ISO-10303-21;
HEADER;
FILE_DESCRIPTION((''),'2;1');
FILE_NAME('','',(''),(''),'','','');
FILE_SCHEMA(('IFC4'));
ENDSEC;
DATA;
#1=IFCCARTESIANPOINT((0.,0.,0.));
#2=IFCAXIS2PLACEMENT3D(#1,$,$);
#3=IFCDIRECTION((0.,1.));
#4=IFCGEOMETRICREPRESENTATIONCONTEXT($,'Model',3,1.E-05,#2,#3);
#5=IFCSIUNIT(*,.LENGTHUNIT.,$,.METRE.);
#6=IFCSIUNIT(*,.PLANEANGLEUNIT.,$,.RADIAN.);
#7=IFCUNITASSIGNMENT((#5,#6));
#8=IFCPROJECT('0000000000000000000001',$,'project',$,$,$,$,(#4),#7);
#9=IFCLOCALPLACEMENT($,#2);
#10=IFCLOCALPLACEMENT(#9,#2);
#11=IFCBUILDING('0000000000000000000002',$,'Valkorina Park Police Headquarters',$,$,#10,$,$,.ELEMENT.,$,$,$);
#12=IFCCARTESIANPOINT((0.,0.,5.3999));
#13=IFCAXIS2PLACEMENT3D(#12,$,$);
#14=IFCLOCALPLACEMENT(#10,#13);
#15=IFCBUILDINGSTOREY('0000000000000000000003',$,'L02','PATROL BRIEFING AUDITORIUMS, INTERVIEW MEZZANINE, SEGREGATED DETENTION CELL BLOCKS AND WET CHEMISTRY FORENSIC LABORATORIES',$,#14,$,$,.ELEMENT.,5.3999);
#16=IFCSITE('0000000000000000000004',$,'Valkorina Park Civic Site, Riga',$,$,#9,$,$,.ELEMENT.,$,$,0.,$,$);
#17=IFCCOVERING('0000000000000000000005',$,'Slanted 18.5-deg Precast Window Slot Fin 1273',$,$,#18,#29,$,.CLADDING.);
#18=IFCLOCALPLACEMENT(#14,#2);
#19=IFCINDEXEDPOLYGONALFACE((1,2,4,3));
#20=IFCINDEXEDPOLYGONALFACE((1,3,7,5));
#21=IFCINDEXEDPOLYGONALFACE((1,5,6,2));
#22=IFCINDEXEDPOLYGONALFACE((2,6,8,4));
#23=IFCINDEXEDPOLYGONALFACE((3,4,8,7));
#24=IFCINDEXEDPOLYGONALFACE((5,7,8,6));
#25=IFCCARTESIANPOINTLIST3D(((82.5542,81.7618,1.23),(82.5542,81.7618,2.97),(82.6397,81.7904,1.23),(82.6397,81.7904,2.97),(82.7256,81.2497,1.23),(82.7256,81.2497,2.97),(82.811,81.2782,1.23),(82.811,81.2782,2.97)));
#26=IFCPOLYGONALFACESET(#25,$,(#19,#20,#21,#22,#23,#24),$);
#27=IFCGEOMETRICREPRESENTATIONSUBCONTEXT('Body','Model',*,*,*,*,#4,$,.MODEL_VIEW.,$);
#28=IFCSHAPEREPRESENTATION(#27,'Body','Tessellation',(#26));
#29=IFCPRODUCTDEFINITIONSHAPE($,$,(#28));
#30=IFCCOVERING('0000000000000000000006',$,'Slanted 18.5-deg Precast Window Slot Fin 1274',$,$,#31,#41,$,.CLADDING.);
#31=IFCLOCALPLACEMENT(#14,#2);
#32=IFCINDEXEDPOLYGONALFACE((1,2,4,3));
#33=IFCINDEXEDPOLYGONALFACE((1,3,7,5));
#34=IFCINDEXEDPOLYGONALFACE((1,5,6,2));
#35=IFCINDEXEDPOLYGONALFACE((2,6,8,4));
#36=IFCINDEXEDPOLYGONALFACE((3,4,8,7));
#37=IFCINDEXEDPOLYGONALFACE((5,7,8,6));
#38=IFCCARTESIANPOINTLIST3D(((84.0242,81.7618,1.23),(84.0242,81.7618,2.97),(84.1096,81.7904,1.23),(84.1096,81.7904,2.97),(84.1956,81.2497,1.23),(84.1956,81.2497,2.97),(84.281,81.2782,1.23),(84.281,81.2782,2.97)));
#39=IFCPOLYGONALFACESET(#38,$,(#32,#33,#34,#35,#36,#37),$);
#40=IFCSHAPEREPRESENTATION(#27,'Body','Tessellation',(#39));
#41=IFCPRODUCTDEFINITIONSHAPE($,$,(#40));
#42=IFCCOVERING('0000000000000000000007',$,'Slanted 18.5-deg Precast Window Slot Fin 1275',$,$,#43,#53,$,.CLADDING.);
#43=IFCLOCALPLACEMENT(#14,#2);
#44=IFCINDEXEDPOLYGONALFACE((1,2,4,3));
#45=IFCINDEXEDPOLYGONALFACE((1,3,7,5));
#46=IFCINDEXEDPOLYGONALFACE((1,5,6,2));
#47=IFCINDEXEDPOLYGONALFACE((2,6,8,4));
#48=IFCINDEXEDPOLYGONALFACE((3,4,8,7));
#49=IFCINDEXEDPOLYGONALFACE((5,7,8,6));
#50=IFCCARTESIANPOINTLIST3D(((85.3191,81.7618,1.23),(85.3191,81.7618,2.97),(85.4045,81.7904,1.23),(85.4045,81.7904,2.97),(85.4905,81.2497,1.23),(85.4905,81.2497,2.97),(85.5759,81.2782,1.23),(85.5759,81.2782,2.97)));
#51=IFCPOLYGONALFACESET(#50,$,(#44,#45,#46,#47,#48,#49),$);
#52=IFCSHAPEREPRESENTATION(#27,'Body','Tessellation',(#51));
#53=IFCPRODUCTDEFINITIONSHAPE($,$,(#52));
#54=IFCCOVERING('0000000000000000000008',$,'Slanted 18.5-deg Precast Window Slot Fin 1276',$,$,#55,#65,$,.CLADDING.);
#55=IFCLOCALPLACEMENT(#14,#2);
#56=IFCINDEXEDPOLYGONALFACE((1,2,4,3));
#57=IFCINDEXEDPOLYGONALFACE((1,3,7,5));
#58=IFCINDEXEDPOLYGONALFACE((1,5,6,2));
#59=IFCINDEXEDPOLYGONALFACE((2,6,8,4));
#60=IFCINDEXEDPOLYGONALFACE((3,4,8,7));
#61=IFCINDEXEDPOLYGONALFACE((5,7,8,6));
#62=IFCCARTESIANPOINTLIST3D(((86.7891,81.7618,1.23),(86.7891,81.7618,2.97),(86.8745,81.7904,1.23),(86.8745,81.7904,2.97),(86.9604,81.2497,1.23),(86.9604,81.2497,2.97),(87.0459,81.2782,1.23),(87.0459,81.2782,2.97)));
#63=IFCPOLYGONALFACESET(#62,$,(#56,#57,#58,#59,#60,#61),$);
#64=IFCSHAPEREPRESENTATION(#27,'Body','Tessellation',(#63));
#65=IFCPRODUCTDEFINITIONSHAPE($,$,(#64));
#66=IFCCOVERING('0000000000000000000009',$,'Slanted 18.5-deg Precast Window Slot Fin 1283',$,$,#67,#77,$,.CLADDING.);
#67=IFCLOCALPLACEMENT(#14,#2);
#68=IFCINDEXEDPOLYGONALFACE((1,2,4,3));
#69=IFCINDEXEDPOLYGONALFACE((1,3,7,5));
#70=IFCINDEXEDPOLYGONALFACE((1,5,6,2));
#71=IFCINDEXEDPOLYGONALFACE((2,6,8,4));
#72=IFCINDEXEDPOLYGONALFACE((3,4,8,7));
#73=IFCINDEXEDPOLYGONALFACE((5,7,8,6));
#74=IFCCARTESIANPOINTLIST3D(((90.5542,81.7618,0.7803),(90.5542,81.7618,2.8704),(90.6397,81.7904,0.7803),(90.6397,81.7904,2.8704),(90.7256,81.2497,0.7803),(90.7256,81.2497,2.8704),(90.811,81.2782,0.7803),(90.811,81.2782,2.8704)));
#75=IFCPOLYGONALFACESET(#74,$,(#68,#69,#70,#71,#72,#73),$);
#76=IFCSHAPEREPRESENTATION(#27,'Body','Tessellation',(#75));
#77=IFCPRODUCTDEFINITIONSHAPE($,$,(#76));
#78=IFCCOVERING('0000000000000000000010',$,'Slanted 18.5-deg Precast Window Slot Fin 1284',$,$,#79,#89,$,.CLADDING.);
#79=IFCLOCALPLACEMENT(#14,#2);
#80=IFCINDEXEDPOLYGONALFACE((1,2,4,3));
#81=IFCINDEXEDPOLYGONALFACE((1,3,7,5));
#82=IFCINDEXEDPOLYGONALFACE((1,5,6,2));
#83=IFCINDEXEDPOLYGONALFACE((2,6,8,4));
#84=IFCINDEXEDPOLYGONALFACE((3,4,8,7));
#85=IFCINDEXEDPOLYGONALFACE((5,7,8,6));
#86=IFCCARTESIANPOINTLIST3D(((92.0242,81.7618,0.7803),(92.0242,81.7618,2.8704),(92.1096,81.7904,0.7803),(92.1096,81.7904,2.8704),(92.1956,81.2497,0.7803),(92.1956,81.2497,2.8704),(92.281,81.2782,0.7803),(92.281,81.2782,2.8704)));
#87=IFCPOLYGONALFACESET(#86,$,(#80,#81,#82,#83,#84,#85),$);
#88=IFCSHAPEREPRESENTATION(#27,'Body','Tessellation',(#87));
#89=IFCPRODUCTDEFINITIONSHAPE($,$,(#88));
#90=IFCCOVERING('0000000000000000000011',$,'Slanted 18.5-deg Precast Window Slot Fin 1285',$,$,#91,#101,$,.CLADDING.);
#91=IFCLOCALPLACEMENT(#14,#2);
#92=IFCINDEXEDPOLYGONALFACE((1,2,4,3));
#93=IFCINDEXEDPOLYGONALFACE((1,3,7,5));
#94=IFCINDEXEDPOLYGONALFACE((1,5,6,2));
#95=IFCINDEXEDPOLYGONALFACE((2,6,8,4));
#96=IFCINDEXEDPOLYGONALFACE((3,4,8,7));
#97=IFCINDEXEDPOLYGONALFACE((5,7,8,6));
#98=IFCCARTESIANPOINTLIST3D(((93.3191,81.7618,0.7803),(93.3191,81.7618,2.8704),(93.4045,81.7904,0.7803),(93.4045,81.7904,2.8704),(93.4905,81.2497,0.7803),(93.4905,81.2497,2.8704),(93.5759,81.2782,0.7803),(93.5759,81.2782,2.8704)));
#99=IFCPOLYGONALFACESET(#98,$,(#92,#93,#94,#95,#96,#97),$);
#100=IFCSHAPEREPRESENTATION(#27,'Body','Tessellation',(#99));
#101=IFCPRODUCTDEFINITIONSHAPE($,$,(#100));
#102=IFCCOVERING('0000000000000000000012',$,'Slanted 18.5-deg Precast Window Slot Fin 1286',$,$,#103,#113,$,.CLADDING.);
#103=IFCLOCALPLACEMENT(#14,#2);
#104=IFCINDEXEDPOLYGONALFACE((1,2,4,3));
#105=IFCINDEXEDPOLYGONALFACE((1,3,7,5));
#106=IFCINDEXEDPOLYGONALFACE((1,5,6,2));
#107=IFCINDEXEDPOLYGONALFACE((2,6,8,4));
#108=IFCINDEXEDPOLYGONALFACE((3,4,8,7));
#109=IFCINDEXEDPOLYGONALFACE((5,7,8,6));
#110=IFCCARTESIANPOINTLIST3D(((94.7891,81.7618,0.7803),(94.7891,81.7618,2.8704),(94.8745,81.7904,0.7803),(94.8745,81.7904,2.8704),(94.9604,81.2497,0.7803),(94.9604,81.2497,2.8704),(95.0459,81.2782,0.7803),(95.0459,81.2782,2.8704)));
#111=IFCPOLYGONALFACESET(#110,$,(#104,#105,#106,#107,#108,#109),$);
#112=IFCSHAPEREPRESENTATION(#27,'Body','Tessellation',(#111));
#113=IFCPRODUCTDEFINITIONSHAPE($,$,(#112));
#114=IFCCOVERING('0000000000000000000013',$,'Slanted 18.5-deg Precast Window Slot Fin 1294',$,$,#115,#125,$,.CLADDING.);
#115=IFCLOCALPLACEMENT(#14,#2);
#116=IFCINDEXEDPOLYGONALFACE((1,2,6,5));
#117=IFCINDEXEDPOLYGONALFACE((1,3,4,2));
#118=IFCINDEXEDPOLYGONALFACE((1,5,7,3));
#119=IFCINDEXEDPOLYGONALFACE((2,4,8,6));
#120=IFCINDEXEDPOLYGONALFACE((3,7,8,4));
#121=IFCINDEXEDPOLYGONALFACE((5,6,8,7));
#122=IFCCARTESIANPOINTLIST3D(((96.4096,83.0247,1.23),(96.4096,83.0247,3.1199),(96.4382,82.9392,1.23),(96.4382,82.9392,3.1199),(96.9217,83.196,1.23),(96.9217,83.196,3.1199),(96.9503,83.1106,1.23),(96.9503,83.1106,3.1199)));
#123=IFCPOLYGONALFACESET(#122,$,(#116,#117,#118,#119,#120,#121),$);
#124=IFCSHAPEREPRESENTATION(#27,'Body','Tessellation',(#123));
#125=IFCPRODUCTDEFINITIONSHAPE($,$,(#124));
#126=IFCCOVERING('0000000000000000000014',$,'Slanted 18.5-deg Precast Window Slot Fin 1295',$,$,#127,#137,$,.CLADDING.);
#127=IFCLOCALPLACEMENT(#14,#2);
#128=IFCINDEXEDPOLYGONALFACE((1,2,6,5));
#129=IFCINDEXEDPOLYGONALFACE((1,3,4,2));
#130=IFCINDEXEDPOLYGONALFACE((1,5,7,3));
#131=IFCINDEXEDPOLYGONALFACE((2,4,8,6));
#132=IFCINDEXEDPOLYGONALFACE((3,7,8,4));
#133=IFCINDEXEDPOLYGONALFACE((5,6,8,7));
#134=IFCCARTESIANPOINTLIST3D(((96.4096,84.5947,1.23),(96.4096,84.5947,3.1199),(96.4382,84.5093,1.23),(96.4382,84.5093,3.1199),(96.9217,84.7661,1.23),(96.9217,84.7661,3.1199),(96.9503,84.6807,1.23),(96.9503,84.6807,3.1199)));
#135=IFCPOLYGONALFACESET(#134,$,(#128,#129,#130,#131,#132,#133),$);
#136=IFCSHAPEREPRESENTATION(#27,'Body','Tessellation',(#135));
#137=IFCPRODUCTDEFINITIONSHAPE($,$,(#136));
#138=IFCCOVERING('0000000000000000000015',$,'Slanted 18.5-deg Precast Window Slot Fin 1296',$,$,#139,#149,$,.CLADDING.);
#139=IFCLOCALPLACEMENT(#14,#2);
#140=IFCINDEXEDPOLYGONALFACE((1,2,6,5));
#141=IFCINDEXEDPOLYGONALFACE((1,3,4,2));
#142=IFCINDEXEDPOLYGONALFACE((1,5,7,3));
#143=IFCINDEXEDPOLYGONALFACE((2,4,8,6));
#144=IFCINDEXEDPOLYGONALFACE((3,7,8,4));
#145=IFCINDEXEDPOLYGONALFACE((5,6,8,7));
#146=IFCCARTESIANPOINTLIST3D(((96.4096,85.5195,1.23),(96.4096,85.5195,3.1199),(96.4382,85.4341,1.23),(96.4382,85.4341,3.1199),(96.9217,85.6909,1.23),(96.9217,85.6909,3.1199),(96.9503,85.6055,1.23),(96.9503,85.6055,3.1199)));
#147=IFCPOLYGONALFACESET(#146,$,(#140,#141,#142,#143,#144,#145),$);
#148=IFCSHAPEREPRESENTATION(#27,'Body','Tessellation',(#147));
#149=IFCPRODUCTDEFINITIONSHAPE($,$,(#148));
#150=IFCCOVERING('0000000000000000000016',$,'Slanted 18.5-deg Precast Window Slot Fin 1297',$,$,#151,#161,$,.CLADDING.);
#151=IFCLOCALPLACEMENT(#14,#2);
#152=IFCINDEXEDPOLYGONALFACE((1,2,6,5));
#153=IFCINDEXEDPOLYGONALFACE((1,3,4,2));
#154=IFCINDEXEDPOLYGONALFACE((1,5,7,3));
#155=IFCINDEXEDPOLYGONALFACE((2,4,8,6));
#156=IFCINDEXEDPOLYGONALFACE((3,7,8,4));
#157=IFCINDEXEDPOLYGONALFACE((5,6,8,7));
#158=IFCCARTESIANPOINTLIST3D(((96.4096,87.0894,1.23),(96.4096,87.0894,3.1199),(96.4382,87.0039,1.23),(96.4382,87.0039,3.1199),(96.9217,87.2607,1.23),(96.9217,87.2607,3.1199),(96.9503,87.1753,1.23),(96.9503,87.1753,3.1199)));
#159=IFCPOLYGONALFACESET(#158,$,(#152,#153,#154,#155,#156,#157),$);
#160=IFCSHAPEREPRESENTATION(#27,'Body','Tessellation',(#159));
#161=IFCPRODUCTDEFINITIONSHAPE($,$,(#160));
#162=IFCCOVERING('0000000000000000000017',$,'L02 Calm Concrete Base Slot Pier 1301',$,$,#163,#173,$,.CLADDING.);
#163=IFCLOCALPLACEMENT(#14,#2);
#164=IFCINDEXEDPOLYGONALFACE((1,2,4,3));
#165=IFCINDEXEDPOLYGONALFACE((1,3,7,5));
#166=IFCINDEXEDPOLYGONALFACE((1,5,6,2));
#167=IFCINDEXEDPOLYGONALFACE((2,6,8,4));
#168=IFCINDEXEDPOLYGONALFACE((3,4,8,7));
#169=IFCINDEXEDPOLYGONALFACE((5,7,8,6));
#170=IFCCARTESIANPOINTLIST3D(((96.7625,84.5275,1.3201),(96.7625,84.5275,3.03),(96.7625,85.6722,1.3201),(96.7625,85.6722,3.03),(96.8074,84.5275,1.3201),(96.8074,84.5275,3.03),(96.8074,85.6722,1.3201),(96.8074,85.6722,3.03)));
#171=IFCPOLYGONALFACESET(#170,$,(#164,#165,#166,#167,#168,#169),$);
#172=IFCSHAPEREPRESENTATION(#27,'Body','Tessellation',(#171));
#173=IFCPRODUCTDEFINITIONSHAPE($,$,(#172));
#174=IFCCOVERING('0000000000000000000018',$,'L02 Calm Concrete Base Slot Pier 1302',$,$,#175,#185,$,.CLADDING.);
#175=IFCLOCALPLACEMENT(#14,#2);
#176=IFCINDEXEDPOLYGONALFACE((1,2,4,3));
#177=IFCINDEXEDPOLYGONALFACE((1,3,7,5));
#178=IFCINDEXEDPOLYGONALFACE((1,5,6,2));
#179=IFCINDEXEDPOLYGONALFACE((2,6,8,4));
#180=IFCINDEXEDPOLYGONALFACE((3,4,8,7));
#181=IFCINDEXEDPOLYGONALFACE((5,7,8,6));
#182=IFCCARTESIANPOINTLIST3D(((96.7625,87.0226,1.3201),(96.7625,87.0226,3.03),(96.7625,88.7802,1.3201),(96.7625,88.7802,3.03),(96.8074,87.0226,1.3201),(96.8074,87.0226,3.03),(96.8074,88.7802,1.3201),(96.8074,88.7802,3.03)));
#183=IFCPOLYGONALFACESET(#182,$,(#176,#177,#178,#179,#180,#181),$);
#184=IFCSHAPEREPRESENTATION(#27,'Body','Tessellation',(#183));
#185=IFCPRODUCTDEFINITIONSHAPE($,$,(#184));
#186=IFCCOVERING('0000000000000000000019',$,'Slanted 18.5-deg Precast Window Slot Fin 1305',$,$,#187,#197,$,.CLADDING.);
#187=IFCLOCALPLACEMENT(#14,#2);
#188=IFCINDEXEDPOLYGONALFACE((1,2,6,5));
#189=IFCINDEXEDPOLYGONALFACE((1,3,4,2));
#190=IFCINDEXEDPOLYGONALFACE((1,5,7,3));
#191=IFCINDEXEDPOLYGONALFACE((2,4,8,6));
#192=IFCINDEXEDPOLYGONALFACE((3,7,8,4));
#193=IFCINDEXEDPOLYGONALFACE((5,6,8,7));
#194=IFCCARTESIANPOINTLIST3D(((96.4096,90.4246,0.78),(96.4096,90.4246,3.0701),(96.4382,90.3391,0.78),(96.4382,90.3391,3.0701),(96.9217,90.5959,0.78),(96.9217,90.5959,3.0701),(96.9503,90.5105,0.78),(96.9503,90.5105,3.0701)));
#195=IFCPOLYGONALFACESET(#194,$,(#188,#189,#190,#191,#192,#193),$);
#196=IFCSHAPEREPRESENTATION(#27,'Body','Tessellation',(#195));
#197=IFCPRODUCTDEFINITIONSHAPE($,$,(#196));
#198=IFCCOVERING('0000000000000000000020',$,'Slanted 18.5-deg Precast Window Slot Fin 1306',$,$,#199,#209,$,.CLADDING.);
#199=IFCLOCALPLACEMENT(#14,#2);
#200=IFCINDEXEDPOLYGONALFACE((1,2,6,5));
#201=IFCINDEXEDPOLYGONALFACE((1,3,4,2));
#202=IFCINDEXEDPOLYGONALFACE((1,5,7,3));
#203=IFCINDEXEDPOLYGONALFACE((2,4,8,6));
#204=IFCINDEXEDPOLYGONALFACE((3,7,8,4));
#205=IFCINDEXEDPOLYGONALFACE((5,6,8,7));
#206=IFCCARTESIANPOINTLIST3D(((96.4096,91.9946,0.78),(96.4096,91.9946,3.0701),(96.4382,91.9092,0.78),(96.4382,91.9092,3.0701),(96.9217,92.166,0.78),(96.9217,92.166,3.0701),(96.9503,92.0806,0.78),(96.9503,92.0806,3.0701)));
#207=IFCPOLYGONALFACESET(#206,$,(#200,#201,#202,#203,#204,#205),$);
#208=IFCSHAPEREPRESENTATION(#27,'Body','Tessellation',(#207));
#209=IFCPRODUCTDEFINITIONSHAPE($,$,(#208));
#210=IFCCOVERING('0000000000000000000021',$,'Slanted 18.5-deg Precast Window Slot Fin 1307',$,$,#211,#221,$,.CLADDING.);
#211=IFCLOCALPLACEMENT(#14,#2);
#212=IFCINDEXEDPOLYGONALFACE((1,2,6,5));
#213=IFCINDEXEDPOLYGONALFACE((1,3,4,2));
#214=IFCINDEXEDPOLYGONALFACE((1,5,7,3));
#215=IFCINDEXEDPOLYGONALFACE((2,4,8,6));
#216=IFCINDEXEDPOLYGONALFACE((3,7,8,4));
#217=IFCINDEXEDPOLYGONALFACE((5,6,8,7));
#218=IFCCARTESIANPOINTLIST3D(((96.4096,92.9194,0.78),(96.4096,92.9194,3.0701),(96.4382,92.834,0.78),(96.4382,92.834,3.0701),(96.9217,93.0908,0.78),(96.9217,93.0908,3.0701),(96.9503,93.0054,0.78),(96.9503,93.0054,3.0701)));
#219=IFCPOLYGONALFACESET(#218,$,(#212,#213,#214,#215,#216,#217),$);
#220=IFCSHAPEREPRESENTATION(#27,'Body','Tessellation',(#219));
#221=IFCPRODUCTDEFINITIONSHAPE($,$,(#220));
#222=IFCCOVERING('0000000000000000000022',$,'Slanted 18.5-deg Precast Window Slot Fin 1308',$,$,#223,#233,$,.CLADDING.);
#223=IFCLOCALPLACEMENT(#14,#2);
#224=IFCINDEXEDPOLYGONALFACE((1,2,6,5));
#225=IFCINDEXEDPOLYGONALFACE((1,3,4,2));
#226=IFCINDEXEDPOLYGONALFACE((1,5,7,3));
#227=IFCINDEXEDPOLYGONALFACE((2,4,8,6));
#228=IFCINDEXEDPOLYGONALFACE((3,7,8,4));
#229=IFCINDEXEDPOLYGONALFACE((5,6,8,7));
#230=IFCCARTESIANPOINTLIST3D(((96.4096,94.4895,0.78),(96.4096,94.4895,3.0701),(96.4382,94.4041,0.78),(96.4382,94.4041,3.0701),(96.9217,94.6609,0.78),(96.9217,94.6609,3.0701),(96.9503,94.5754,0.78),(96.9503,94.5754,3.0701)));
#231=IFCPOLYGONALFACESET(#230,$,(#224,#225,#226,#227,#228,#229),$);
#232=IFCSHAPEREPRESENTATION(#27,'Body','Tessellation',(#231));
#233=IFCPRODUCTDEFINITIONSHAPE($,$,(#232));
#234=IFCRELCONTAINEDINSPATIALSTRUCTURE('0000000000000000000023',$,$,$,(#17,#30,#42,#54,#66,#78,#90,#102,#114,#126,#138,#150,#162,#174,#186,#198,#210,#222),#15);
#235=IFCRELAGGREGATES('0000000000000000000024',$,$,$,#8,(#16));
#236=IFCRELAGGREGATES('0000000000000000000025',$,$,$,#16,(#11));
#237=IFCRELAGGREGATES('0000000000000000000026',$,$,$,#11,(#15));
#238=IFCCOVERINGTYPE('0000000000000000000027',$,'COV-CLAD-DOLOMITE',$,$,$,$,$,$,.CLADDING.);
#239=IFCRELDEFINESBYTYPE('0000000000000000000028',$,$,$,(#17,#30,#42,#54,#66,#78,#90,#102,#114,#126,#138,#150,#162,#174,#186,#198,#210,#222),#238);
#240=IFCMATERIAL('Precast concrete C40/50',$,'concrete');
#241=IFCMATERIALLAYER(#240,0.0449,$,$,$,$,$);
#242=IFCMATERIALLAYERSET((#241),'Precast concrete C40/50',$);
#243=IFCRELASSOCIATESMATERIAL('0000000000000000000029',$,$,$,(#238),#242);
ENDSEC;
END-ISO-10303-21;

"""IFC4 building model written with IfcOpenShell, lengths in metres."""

from ifc_helpers import new_model, si_unit, direction, frame, frame_2d, origin, origin_2d, place, context, subcontext, project, spatial, rectangle, extrude, material, layer, layer_set, type_object, element, save


model = new_model("IFC4")

# Units and contexts
model_context = context("Model", 3, precision=1e-05, world=origin(), true_north=direction((0.0, 1.0)))
body_context = subcontext(model_context, "Body", "Model", "MODEL_VIEW")
ifc_project = project(units=[si_unit("LENGTHUNIT", "METRE"), si_unit("PLANEANGLEUNIT", "RADIAN")], contexts=[model_context])

# Site, building, storey
site_placement = place(None, origin())
site = spatial("IfcSite", under=ifc_project, at=site_placement, Name="Valkorina Park Civic Site, Riga", CompositionType="ELEMENT", RefElevation=0.0)
building_placement = place(site_placement, origin())
building = spatial("IfcBuilding", under=site, at=building_placement, Name="Valkorina Park Police Headquarters", CompositionType="ELEMENT")
storey_placement = place(building_placement, frame((0.0, 0.0, 5.3999)))
storey = spatial("IfcBuildingStorey", under=building, at=storey_placement, Name="L02", Description="PATROL BRIEFING AUDITORIUMS, INTERVIEW MEZZANINE, SEGREGATED DETENTION CELL BLOCKS AND WET CHEMISTRY FORENSIC LABORATORIES", CompositionType="ELEMENT", Elevation=5.3999)

# Coverings
ifc_material = material(Name="Precast concrete C40/50", Category="concrete")
ifc_layer = layer(ifc_material, 0.0449)
ifc_layer_set = layer_set([ifc_layer], Name="Precast concrete C40/50")
covering_type = type_object("IfcCoveringType", Name="COV-CLAD-DOLOMITE", PredefinedType="CLADDING", material=ifc_layer_set)
for number, where, z_axis, x_axis, name in (
    (1, (82.6826, 81.52, 1.23), (0.0, 0.0, 1.0), (-0.317305, 0.948324, 0.0), "Slanted 18.5-deg Precast Window Slot Fin 1273"),
    (2, (84.1526, 81.52, 1.23), (0.0, 0.0, 1.0), (-0.317305, 0.948324, 0.0), "Slanted 18.5-deg Precast Window Slot Fin 1274"),
    (3, (85.4475, 81.52, 1.23), (0.0, 0.0, 1.0), (-0.317305, 0.948324, 0.0), "Slanted 18.5-deg Precast Window Slot Fin 1275"),
    (4, (86.9175, 81.52, 1.23), (0.0, 0.0, 1.0), (-0.317305, 0.948324, 0.0), "Slanted 18.5-deg Precast Window Slot Fin 1276"),
):
    element("IfcCovering", number, at=place(storey_placement, frame(where, z_axis=z_axis, x_axis=x_axis)), inside=storey, type_object=covering_type, Name=name, PredefinedType="CLADDING", context=body_context, shape_type="SweptSolid", body=[
        extrude(rectangle(XDim=0.54, YDim=0.0901, at=origin_2d()), origin(), (0.0, 0.0, 1.0), 1.74),
    ])
for number, where, z_axis, x_axis, name in (
    (5, (90.6826, 81.52, 0.7803), (0.0, 0.0, 1.0), (-0.317305, 0.948324, 0.0), "Slanted 18.5-deg Precast Window Slot Fin 1283"),
    (6, (92.1526, 81.52, 0.7803), (0.0, 0.0, 1.0), (-0.317305, 0.948324, 0.0), "Slanted 18.5-deg Precast Window Slot Fin 1284"),
    (7, (93.4475, 81.52, 0.7803), (0.0, 0.0, 1.0), (-0.317305, 0.948324, 0.0), "Slanted 18.5-deg Precast Window Slot Fin 1285"),
    (8, (94.9175, 81.52, 0.7803), (0.0, 0.0, 1.0), (-0.317305, 0.948324, 0.0), "Slanted 18.5-deg Precast Window Slot Fin 1286"),
):
    element("IfcCovering", number, at=place(storey_placement, frame(where, z_axis=z_axis, x_axis=x_axis)), inside=storey, type_object=covering_type, Name=name, PredefinedType="CLADDING", context=body_context, shape_type="SweptSolid", body=[
        extrude(rectangle(XDim=0.54, YDim=0.0901, at=origin_2d()), origin(), (0.0, 0.0, 1.0), 2.0901),
    ])
for number, where, z_axis, x_axis, name in (
    (9, (96.6799, 83.0676, 1.23), (0.0, 0.0, 1.0), (-0.948324, -0.317305, 0.0), "Slanted 18.5-deg Precast Window Slot Fin 1294"),
    (10, (96.6799, 84.6377, 1.23), (0.0, 0.0, 1.0), (-0.948324, -0.317305, 0.0), "Slanted 18.5-deg Precast Window Slot Fin 1295"),
    (11, (96.6799, 85.5625, 1.23), (0.0, 0.0, 1.0), (-0.948324, -0.317305, 0.0), "Slanted 18.5-deg Precast Window Slot Fin 1296"),
    (12, (96.6799, 87.1323, 1.23), (0.0, 0.0, 1.0), (-0.948324, -0.317305, 0.0), "Slanted 18.5-deg Precast Window Slot Fin 1297"),
):
    element("IfcCovering", number, at=place(storey_placement, frame(where, z_axis=z_axis, x_axis=x_axis)), inside=storey, type_object=covering_type, Name=name, PredefinedType="CLADDING", context=body_context, shape_type="SweptSolid", body=[
        extrude(rectangle(XDim=0.54, YDim=0.0901, at=origin_2d()), origin(), (0.0, 0.0, 1.0), 1.8899),
    ])
covering_1_placement = place(storey_placement, frame((96.7849, 84.5276, 1.3201), z_axis=(0.0, 0.0, 1.0), x_axis=(0.0, 1.0, 0.0)))
element("IfcCovering", 13, at=covering_1_placement, inside=storey, type_object=covering_type, Name="L02 Calm Concrete Base Slot Pier 1301", PredefinedType="CLADDING", context=body_context, shape_type="SweptSolid", body=[
    extrude(rectangle(XDim=1.1448, YDim=0.0449, at=frame_2d((0.5723, 0.0))), origin(), (0.0, 0.0, 1.0), 1.71),
])
covering_2_placement = place(storey_placement, frame((96.7849, 87.0225, 1.3201), z_axis=(0.0, 0.0, 1.0), x_axis=(0.0, 1.0, 0.0)))
element("IfcCovering", 14, at=covering_2_placement, inside=storey, type_object=covering_type, Name="L02 Calm Concrete Base Slot Pier 1302", PredefinedType="CLADDING", context=body_context, shape_type="SweptSolid", body=[
    extrude(rectangle(XDim=1.7576, YDim=0.0449, at=frame_2d((0.8789, 0.0))), origin(), (0.0, 0.0, 1.0), 1.71),
])
for number, where, z_axis, x_axis, name in (
    (15, (96.6799, 90.4675, 0.78), (0.0, 0.0, 1.0), (-0.948324, -0.317305, 0.0), "Slanted 18.5-deg Precast Window Slot Fin 1305"),
    (16, (96.6799, 92.0376, 0.78), (0.0, 0.0, 1.0), (-0.948324, -0.317305, 0.0), "Slanted 18.5-deg Precast Window Slot Fin 1306"),
    (17, (96.6799, 92.9624, 0.78), (0.0, 0.0, 1.0), (-0.948324, -0.317305, 0.0), "Slanted 18.5-deg Precast Window Slot Fin 1307"),
    (18, (96.6799, 94.5325, 0.78), (0.0, 0.0, 1.0), (-0.948324, -0.317305, 0.0), "Slanted 18.5-deg Precast Window Slot Fin 1308"),
):
    element("IfcCovering", number, at=place(storey_placement, frame(where, z_axis=z_axis, x_axis=x_axis)), inside=storey, type_object=covering_type, Name=name, PredefinedType="CLADDING", context=body_context, shape_type="SweptSolid", body=[
        extrude(rectangle(XDim=0.54, YDim=0.0901, at=origin_2d()), origin(), (0.0, 0.0, 1.0), 2.29),
    ])

save(model, "model.ifc")
